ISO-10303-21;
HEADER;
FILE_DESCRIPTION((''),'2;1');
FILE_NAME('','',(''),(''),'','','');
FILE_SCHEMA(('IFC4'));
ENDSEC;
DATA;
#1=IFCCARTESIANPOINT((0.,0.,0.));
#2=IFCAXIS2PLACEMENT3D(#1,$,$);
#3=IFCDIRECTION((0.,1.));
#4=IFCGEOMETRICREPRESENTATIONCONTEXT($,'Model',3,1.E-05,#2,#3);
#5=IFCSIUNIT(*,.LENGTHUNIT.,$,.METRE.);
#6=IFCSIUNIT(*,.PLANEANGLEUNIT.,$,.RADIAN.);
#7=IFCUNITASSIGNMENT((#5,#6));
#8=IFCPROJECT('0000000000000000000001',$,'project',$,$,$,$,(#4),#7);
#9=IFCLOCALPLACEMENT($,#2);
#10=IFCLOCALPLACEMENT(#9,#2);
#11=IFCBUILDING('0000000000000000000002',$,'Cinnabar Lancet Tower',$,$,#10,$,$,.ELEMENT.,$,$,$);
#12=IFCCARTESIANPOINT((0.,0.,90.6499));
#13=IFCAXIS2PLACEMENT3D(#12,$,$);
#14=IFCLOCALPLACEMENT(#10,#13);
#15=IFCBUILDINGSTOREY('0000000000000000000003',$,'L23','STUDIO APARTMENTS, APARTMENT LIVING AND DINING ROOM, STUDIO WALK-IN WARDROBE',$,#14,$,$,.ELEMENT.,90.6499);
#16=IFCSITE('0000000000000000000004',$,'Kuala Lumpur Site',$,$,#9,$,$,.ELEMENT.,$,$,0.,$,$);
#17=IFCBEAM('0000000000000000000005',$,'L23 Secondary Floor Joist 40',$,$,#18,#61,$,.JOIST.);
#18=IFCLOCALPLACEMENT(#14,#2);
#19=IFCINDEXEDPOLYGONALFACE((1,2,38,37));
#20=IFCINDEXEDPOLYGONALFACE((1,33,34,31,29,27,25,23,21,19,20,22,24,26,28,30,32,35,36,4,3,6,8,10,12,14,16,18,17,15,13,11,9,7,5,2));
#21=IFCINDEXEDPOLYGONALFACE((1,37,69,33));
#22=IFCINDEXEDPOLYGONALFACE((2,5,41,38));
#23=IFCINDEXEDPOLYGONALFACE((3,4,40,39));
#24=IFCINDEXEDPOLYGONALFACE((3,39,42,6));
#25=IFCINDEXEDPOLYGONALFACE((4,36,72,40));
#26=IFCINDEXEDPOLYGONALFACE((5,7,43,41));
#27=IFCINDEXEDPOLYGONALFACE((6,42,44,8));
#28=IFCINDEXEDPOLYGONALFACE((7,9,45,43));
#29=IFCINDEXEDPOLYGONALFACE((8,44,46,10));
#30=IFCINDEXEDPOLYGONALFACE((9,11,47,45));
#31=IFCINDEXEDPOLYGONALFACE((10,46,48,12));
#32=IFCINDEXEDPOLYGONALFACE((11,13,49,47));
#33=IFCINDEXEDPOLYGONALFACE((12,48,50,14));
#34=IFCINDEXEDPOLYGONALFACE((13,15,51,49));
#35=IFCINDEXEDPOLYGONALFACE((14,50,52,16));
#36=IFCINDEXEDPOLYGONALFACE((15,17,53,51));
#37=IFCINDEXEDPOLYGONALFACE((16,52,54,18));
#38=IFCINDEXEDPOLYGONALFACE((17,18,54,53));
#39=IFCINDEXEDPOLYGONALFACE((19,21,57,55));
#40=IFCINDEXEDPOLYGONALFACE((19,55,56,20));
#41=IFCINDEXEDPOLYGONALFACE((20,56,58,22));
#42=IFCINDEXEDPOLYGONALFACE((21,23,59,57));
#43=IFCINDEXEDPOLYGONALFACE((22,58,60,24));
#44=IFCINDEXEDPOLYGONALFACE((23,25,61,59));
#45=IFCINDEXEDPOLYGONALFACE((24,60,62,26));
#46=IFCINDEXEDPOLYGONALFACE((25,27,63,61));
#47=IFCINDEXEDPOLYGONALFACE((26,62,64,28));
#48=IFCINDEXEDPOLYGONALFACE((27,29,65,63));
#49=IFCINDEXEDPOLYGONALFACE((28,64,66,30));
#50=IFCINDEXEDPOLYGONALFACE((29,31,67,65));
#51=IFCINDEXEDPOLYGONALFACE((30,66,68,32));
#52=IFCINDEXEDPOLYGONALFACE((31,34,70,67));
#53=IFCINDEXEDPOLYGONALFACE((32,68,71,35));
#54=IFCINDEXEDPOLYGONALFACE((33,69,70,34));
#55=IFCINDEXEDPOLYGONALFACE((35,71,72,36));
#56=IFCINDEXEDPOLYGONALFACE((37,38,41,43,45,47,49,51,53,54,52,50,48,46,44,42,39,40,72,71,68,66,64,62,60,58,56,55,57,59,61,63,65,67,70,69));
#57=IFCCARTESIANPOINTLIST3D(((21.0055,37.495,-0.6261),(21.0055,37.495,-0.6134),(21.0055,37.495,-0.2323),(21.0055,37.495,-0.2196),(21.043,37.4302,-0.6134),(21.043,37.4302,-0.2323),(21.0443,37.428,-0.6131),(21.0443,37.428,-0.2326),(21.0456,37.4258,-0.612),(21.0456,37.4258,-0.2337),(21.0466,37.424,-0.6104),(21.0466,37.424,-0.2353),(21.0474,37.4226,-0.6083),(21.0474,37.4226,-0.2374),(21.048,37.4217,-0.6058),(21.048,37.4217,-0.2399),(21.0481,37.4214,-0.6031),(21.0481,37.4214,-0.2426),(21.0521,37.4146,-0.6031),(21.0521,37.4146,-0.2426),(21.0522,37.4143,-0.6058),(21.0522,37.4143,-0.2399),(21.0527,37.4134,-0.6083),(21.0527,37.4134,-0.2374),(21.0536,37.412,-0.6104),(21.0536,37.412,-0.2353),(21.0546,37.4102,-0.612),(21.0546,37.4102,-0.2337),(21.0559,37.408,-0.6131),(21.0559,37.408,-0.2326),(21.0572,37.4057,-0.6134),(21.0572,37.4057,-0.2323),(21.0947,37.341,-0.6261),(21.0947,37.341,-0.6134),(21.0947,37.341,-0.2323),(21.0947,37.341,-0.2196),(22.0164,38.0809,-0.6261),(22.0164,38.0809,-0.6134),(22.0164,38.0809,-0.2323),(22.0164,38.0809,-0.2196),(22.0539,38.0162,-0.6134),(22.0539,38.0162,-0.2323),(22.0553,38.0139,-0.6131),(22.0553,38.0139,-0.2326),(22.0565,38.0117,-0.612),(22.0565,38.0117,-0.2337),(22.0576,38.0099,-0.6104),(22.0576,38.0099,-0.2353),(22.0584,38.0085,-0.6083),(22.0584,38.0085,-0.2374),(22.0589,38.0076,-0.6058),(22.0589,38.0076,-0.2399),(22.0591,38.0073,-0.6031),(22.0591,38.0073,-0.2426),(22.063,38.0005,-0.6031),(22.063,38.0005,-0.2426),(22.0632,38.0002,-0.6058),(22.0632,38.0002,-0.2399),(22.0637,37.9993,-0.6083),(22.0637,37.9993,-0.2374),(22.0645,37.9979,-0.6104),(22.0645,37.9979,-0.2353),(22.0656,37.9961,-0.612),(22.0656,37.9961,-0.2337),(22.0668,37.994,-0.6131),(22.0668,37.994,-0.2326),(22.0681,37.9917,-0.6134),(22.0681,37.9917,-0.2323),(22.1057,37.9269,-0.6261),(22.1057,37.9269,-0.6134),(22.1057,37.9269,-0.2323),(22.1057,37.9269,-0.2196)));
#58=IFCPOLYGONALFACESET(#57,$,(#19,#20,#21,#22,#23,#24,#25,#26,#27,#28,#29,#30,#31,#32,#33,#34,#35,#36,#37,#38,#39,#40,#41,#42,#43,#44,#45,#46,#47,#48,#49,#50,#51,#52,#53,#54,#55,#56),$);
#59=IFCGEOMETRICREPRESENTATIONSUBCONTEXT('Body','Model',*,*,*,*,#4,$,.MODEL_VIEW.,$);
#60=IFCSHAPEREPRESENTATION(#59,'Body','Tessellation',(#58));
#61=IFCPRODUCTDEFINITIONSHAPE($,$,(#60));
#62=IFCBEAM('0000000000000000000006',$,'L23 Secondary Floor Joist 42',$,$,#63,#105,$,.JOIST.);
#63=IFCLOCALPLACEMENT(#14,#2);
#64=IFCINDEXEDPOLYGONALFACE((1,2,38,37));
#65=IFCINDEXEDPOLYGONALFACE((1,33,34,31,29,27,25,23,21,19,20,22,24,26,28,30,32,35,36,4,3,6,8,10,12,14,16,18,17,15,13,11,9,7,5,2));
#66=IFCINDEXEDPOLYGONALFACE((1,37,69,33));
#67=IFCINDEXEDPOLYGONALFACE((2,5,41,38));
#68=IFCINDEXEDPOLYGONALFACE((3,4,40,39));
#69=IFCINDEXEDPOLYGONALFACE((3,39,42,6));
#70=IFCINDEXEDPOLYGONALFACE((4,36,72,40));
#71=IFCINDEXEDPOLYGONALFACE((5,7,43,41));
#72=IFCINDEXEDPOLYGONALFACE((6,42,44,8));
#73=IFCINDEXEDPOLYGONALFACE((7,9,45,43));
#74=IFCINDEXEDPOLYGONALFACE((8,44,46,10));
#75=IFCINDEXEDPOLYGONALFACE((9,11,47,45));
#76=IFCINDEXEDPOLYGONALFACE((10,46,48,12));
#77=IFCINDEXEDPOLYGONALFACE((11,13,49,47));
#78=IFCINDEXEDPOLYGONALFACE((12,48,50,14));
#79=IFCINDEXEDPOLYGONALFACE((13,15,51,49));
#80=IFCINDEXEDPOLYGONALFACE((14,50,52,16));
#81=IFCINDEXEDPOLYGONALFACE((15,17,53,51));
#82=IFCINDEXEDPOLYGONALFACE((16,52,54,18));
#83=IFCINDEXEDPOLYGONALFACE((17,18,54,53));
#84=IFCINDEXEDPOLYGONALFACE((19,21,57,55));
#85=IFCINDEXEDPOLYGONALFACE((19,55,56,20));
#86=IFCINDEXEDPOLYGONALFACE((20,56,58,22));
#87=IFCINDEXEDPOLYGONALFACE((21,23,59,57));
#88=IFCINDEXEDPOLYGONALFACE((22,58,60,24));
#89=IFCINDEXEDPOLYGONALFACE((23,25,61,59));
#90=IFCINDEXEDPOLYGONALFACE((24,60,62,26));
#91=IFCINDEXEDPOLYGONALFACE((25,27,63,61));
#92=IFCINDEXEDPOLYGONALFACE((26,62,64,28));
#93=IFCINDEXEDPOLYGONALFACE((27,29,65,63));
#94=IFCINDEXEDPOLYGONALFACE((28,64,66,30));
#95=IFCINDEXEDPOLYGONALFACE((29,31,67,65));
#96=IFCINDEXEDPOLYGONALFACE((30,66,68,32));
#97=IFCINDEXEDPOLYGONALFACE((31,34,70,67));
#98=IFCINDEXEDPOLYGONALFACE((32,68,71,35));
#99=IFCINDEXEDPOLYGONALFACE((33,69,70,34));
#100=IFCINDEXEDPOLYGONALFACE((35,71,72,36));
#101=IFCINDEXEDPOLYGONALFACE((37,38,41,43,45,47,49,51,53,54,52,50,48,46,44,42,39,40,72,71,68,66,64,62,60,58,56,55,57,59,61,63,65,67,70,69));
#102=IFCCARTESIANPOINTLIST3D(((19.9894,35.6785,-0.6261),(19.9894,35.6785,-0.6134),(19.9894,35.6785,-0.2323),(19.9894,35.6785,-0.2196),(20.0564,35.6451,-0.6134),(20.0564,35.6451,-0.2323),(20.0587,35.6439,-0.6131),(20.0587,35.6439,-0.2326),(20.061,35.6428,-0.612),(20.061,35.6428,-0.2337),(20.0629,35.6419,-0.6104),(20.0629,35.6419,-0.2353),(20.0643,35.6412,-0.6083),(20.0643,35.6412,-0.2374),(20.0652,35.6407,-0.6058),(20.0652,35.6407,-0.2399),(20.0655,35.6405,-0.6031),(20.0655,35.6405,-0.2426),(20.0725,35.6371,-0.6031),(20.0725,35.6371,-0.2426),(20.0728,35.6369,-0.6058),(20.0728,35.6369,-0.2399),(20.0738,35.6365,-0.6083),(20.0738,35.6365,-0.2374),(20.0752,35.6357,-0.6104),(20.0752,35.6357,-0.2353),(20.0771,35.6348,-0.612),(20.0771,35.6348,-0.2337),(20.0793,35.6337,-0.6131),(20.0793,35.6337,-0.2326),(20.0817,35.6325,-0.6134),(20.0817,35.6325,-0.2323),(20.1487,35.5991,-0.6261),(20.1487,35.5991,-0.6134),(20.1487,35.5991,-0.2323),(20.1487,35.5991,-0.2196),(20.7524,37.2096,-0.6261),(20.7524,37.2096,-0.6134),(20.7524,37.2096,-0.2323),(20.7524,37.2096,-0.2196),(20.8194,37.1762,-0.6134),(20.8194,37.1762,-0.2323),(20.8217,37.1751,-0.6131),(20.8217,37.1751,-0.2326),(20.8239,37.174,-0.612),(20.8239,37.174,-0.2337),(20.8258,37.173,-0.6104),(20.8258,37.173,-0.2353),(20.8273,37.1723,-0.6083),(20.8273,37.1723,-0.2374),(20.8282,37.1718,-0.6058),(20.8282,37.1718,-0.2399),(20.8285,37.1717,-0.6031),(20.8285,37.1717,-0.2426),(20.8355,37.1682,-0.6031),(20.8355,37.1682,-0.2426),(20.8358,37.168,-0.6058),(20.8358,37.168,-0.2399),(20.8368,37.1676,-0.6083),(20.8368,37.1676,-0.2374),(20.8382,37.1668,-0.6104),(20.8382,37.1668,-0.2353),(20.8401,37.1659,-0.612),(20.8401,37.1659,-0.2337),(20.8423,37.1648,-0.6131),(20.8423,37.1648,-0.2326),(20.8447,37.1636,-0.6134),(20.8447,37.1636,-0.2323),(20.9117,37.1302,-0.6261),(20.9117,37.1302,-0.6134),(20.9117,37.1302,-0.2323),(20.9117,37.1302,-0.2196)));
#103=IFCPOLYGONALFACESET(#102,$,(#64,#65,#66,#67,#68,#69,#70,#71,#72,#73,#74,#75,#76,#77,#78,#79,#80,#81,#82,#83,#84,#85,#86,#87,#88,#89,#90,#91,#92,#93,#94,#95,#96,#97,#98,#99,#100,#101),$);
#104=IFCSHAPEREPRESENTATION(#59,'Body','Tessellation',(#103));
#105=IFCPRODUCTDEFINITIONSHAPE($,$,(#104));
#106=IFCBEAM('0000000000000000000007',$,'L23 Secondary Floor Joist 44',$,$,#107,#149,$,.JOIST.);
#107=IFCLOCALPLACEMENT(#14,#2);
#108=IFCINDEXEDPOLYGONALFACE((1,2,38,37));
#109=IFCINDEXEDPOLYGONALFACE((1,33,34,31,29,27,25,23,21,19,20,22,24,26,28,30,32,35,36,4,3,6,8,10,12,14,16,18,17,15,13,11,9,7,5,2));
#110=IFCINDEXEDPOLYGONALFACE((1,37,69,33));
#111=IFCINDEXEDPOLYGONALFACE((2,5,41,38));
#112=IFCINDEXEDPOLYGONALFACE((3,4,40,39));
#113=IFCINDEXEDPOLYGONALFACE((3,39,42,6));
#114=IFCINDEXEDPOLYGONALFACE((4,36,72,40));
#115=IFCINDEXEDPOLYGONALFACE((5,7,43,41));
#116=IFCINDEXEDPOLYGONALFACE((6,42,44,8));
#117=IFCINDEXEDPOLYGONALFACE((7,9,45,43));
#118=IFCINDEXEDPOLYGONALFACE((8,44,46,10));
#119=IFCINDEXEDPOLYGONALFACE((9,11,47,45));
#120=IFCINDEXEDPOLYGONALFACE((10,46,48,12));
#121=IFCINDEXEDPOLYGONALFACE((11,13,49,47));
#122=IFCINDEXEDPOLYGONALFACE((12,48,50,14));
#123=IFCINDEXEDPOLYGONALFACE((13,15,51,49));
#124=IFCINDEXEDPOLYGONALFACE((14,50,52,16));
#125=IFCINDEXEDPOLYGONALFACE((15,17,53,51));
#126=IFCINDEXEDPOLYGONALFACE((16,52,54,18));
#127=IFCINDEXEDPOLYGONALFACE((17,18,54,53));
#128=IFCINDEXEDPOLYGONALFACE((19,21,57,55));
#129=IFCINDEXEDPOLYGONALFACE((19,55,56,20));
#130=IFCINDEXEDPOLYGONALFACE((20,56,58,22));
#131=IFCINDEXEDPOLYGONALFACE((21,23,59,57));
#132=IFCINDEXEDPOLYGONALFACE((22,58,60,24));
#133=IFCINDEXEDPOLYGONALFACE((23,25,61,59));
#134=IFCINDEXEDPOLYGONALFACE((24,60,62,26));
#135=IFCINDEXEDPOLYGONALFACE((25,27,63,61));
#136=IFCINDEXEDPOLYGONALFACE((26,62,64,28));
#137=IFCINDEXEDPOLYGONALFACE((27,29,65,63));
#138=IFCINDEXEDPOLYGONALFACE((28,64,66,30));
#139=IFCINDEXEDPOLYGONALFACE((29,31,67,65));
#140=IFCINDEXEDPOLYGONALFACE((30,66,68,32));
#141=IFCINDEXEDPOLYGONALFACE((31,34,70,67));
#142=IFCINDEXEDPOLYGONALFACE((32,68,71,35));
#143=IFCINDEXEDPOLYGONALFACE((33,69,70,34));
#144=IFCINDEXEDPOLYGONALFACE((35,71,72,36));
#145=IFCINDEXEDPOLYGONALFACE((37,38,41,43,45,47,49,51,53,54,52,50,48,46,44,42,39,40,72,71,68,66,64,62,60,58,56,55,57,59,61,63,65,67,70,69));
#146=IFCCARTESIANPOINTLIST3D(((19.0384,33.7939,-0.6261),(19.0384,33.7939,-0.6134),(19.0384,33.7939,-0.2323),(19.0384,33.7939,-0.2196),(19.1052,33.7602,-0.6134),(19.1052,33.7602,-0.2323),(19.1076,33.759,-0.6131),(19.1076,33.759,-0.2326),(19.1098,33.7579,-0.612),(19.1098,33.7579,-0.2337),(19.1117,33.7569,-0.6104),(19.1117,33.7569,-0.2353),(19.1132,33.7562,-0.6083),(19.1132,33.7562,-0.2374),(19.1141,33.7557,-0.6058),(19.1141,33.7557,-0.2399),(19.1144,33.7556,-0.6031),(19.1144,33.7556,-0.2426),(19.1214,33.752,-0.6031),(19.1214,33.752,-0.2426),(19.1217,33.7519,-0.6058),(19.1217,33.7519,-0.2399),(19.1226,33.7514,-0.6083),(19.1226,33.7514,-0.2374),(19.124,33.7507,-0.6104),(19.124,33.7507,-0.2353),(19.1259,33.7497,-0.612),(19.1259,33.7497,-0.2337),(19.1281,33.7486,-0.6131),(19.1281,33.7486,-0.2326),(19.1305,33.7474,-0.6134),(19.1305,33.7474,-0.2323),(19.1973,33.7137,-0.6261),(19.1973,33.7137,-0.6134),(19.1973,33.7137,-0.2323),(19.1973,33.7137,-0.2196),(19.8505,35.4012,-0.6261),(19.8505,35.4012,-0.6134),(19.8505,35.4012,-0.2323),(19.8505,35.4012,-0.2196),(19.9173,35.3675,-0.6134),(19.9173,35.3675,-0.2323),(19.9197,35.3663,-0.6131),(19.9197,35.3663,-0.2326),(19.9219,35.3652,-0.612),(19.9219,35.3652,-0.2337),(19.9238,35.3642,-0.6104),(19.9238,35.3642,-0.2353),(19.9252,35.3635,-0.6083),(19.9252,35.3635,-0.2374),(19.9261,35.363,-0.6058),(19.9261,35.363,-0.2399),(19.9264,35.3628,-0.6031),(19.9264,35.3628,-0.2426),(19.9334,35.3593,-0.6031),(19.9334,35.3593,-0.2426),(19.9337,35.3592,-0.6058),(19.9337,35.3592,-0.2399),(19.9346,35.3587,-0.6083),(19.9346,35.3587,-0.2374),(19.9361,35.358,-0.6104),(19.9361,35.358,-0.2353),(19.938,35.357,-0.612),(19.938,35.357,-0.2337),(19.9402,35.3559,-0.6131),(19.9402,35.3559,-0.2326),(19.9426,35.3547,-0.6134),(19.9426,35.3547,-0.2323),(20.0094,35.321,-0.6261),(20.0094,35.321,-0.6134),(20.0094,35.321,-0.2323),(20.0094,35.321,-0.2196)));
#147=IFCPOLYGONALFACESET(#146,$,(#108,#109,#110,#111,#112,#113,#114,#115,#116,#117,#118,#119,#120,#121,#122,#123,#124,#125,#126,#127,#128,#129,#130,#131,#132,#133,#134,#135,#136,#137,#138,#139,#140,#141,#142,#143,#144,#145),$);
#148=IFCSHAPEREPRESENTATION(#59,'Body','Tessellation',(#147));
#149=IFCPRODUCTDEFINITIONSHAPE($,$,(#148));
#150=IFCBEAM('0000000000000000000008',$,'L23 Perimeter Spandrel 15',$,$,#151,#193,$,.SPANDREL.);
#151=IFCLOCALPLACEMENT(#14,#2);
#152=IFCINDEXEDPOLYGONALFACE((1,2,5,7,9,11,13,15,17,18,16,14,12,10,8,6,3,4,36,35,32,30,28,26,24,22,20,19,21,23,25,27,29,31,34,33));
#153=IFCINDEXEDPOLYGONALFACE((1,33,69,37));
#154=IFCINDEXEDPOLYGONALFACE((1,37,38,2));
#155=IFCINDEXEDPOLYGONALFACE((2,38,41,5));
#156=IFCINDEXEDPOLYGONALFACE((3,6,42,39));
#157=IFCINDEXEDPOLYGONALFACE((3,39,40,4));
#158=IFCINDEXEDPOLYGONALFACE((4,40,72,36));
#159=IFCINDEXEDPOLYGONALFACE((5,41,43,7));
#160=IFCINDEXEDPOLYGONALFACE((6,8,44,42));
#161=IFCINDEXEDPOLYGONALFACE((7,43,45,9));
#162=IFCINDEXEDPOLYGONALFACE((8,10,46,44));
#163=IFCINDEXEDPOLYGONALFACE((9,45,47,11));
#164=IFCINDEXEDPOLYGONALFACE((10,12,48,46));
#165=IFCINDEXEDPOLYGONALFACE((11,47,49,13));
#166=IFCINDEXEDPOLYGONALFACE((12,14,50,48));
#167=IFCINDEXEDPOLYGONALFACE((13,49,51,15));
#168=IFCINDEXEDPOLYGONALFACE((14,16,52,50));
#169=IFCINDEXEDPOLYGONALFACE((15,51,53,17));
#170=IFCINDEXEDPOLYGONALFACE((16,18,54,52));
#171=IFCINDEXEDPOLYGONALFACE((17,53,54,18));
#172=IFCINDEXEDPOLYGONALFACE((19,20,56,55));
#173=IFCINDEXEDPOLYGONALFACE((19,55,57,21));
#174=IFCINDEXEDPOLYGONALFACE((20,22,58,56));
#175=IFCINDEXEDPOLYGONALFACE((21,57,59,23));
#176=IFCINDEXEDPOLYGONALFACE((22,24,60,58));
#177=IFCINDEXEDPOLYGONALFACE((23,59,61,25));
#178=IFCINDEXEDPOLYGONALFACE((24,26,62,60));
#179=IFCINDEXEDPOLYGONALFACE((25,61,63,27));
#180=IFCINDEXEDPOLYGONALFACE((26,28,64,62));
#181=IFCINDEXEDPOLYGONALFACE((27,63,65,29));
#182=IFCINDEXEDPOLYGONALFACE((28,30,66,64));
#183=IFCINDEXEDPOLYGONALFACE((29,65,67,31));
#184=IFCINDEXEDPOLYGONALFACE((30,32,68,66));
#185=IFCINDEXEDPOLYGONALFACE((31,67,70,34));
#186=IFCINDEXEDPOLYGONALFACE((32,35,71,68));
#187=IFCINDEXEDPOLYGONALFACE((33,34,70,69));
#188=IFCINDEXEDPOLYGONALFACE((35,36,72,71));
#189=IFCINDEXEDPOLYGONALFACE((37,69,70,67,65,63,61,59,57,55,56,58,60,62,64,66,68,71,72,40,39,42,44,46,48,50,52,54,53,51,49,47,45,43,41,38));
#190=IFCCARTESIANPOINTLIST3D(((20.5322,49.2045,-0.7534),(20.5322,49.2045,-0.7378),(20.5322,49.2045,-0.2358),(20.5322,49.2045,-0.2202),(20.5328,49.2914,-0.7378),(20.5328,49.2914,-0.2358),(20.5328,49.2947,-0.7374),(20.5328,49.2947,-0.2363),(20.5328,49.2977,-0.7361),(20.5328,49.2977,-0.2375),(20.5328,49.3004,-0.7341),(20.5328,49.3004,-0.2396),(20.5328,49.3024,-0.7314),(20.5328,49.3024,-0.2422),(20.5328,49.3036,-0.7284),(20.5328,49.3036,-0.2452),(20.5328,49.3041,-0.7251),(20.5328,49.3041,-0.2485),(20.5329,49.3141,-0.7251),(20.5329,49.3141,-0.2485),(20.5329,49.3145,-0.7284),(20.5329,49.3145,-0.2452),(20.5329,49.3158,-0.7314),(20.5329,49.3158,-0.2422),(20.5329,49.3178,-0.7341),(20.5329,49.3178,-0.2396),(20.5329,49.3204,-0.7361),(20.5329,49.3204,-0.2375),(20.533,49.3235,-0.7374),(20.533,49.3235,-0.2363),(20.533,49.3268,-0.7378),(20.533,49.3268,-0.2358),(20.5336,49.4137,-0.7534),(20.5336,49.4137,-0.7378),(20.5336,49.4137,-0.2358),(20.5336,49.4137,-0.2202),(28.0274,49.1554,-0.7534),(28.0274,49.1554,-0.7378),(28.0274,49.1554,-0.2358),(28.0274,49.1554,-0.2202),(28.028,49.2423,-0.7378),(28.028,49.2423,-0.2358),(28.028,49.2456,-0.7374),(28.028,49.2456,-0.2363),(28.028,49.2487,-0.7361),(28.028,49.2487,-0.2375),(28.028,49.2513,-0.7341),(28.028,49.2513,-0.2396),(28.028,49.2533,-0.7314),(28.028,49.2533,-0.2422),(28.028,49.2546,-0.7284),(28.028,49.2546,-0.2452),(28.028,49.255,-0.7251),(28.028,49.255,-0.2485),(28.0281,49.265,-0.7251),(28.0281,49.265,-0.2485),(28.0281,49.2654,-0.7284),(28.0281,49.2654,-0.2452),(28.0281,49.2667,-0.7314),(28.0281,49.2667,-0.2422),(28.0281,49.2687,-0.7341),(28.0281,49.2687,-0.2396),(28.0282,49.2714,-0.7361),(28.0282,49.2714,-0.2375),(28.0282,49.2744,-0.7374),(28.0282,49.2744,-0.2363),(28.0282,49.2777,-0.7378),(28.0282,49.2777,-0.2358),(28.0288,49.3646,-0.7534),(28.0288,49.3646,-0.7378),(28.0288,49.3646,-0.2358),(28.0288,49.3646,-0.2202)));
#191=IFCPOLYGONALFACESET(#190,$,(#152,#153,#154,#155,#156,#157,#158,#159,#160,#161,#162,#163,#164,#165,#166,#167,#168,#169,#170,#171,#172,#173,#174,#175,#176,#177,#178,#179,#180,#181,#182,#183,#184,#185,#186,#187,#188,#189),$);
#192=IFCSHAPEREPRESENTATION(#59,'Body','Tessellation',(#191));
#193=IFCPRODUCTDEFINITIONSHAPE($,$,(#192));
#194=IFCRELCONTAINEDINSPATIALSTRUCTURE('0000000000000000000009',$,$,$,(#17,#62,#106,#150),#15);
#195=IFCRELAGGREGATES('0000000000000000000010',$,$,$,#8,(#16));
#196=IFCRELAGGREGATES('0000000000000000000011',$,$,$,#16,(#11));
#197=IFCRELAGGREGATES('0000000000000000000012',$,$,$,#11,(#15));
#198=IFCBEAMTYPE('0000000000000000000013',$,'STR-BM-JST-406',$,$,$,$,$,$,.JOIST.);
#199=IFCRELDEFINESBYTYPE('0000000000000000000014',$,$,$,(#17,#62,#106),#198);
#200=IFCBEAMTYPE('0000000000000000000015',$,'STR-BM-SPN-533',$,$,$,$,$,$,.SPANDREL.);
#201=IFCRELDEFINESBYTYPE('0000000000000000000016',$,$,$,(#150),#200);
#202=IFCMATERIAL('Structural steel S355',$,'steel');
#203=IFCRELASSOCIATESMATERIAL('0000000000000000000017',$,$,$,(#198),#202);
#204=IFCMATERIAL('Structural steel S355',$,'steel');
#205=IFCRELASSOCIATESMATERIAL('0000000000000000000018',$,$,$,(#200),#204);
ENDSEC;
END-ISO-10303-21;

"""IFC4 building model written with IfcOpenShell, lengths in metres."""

from ifc_helpers import new_model, si_unit, direction, frame, origin, origin_2d, place, context, subcontext, project, spatial, i_section, extrude, material, material_profile, profile_set, type_object, element, save


model = new_model("IFC4")

# Units and contexts
model_context = context("Model", 3, precision=1e-05, world=origin(), true_north=direction((0.0, 1.0)))
body_context = subcontext(model_context, "Body", "Model", "MODEL_VIEW")
ifc_project = project(units=[si_unit("LENGTHUNIT", "METRE"), si_unit("PLANEANGLEUNIT", "RADIAN")], contexts=[model_context])

# Site, building, storey
site_placement = place(None, origin())
site = spatial("IfcSite", under=ifc_project, at=site_placement, Name="Kuala Lumpur Site", CompositionType="ELEMENT", RefElevation=0.0)
building_placement = place(site_placement, origin())
building = spatial("IfcBuilding", under=site, at=building_placement, Name="Cinnabar Lancet Tower", CompositionType="ELEMENT")
storey_placement = place(building_placement, frame((0.0, 0.0, 90.6499)))
storey = spatial("IfcBuildingStorey", under=building, at=storey_placement, Name="L23", Description="STUDIO APARTMENTS, APARTMENT LIVING AND DINING ROOM, STUDIO WALK-IN WARDROBE", CompositionType="ELEMENT", Elevation=90.6499)

# Beams
ifc_material_1 = material(Name="Structural steel S355", Category="steel")
ifc_material_profile_1 = material_profile(ifc_material_1, i_section(OverallWidth=0.178, OverallDepth=0.4065, WebThickness=0.0078, FlangeThickness=0.0127, FilletRadius=0.0103, at=origin_2d()), Name="UKB 406x178x60")
ifc_profile_set_1 = profile_set([ifc_material_profile_1], Name="Structural steel S355")
beam_type_1 = type_object("IfcBeamType", Name="STR-BM-JST-406", PredefinedType="JOIST", material=ifc_profile_set_1)
beam_1_placement = place(storey_placement, frame((22.061, 38.0039, -0.4229), z_axis=(-0.865193, -0.50144, 0.0), x_axis=(0.50144, -0.865193, 0.0)))
element("IfcBeam", 1, at=beam_1_placement, inside=storey, type_object=beam_type_1, Name="L23 Secondary Floor Joist 40", PredefinedType="JOIST", context=body_context, shape_type="SweptSolid", body=[
    extrude(i_section(OverallWidth=0.178, OverallDepth=0.4065, WebThickness=0.0078, FlangeThickness=0.0127, FilletRadius=0.0103, at=origin_2d()), origin(), (0.0, 0.0, 1.0), 1.1685),
])
beam_2_placement = place(storey_placement, frame((20.832, 37.1699, -0.4229), z_axis=(-0.446014, -0.895026, 0.0), x_axis=(0.895026, -0.446014, 0.0)))
element("IfcBeam", 2, at=beam_2_placement, inside=storey, type_object=beam_type_1, Name="L23 Secondary Floor Joist 42", PredefinedType="JOIST", context=body_context, shape_type="SweptSolid", body=[
    extrude(i_section(OverallWidth=0.178, OverallDepth=0.4065, WebThickness=0.0078, FlangeThickness=0.0127, FilletRadius=0.0103, at=origin_2d()), origin(), (0.0, 0.0, 1.0), 1.7107),
])
beam_3_placement = place(storey_placement, frame((19.9299, 35.3611, -0.4229), z_axis=(-0.450952, -0.892548, 0.0), x_axis=(0.892548, -0.450952, 0.0)))
element("IfcBeam", 3, at=beam_3_placement, inside=storey, type_object=beam_type_1, Name="L23 Secondary Floor Joist 44", PredefinedType="JOIST", context=body_context, shape_type="SweptSolid", body=[
    extrude(i_section(OverallWidth=0.178, OverallDepth=0.4065, WebThickness=0.0078, FlangeThickness=0.0127, FilletRadius=0.0103, at=origin_2d()), origin(), (0.0, 0.0, 1.0), 1.8008),
])
ifc_material_2 = material(Name="Structural steel S355", Category="steel")
ifc_material_profile_2 = material_profile(ifc_material_2, i_section(OverallWidth=0.2092, OverallDepth=0.5332, WebThickness=0.01, FlangeThickness=0.0156, FilletRadius=0.0127, at=origin_2d()), Name="UKB 533x210x92")
ifc_profile_set_2 = profile_set([ifc_material_profile_2], Name="Structural steel S355")
beam_type_2 = type_object("IfcBeamType", Name="STR-BM-SPN-533", PredefinedType="SPANDREL", material=ifc_profile_set_2)
beam_4_placement = place(storey_placement, frame((28.0281, 49.26, -0.4868), z_axis=(-0.999979, 0.006547, 0.0), x_axis=(-0.006547, -0.999979, 0.0)))
element("IfcBeam", 4, at=beam_4_placement, inside=storey, type_object=beam_type_2, Name="L23 Perimeter Spandrel 15", PredefinedType="SPANDREL", context=body_context, shape_type="SweptSolid", body=[
    extrude(i_section(OverallWidth=0.2092, OverallDepth=0.5332, WebThickness=0.01, FlangeThickness=0.0156, FilletRadius=0.0127, at=origin_2d()), origin(), (0.0, 0.0, 1.0), 7.4954),
])

save(model, "model.ifc")
